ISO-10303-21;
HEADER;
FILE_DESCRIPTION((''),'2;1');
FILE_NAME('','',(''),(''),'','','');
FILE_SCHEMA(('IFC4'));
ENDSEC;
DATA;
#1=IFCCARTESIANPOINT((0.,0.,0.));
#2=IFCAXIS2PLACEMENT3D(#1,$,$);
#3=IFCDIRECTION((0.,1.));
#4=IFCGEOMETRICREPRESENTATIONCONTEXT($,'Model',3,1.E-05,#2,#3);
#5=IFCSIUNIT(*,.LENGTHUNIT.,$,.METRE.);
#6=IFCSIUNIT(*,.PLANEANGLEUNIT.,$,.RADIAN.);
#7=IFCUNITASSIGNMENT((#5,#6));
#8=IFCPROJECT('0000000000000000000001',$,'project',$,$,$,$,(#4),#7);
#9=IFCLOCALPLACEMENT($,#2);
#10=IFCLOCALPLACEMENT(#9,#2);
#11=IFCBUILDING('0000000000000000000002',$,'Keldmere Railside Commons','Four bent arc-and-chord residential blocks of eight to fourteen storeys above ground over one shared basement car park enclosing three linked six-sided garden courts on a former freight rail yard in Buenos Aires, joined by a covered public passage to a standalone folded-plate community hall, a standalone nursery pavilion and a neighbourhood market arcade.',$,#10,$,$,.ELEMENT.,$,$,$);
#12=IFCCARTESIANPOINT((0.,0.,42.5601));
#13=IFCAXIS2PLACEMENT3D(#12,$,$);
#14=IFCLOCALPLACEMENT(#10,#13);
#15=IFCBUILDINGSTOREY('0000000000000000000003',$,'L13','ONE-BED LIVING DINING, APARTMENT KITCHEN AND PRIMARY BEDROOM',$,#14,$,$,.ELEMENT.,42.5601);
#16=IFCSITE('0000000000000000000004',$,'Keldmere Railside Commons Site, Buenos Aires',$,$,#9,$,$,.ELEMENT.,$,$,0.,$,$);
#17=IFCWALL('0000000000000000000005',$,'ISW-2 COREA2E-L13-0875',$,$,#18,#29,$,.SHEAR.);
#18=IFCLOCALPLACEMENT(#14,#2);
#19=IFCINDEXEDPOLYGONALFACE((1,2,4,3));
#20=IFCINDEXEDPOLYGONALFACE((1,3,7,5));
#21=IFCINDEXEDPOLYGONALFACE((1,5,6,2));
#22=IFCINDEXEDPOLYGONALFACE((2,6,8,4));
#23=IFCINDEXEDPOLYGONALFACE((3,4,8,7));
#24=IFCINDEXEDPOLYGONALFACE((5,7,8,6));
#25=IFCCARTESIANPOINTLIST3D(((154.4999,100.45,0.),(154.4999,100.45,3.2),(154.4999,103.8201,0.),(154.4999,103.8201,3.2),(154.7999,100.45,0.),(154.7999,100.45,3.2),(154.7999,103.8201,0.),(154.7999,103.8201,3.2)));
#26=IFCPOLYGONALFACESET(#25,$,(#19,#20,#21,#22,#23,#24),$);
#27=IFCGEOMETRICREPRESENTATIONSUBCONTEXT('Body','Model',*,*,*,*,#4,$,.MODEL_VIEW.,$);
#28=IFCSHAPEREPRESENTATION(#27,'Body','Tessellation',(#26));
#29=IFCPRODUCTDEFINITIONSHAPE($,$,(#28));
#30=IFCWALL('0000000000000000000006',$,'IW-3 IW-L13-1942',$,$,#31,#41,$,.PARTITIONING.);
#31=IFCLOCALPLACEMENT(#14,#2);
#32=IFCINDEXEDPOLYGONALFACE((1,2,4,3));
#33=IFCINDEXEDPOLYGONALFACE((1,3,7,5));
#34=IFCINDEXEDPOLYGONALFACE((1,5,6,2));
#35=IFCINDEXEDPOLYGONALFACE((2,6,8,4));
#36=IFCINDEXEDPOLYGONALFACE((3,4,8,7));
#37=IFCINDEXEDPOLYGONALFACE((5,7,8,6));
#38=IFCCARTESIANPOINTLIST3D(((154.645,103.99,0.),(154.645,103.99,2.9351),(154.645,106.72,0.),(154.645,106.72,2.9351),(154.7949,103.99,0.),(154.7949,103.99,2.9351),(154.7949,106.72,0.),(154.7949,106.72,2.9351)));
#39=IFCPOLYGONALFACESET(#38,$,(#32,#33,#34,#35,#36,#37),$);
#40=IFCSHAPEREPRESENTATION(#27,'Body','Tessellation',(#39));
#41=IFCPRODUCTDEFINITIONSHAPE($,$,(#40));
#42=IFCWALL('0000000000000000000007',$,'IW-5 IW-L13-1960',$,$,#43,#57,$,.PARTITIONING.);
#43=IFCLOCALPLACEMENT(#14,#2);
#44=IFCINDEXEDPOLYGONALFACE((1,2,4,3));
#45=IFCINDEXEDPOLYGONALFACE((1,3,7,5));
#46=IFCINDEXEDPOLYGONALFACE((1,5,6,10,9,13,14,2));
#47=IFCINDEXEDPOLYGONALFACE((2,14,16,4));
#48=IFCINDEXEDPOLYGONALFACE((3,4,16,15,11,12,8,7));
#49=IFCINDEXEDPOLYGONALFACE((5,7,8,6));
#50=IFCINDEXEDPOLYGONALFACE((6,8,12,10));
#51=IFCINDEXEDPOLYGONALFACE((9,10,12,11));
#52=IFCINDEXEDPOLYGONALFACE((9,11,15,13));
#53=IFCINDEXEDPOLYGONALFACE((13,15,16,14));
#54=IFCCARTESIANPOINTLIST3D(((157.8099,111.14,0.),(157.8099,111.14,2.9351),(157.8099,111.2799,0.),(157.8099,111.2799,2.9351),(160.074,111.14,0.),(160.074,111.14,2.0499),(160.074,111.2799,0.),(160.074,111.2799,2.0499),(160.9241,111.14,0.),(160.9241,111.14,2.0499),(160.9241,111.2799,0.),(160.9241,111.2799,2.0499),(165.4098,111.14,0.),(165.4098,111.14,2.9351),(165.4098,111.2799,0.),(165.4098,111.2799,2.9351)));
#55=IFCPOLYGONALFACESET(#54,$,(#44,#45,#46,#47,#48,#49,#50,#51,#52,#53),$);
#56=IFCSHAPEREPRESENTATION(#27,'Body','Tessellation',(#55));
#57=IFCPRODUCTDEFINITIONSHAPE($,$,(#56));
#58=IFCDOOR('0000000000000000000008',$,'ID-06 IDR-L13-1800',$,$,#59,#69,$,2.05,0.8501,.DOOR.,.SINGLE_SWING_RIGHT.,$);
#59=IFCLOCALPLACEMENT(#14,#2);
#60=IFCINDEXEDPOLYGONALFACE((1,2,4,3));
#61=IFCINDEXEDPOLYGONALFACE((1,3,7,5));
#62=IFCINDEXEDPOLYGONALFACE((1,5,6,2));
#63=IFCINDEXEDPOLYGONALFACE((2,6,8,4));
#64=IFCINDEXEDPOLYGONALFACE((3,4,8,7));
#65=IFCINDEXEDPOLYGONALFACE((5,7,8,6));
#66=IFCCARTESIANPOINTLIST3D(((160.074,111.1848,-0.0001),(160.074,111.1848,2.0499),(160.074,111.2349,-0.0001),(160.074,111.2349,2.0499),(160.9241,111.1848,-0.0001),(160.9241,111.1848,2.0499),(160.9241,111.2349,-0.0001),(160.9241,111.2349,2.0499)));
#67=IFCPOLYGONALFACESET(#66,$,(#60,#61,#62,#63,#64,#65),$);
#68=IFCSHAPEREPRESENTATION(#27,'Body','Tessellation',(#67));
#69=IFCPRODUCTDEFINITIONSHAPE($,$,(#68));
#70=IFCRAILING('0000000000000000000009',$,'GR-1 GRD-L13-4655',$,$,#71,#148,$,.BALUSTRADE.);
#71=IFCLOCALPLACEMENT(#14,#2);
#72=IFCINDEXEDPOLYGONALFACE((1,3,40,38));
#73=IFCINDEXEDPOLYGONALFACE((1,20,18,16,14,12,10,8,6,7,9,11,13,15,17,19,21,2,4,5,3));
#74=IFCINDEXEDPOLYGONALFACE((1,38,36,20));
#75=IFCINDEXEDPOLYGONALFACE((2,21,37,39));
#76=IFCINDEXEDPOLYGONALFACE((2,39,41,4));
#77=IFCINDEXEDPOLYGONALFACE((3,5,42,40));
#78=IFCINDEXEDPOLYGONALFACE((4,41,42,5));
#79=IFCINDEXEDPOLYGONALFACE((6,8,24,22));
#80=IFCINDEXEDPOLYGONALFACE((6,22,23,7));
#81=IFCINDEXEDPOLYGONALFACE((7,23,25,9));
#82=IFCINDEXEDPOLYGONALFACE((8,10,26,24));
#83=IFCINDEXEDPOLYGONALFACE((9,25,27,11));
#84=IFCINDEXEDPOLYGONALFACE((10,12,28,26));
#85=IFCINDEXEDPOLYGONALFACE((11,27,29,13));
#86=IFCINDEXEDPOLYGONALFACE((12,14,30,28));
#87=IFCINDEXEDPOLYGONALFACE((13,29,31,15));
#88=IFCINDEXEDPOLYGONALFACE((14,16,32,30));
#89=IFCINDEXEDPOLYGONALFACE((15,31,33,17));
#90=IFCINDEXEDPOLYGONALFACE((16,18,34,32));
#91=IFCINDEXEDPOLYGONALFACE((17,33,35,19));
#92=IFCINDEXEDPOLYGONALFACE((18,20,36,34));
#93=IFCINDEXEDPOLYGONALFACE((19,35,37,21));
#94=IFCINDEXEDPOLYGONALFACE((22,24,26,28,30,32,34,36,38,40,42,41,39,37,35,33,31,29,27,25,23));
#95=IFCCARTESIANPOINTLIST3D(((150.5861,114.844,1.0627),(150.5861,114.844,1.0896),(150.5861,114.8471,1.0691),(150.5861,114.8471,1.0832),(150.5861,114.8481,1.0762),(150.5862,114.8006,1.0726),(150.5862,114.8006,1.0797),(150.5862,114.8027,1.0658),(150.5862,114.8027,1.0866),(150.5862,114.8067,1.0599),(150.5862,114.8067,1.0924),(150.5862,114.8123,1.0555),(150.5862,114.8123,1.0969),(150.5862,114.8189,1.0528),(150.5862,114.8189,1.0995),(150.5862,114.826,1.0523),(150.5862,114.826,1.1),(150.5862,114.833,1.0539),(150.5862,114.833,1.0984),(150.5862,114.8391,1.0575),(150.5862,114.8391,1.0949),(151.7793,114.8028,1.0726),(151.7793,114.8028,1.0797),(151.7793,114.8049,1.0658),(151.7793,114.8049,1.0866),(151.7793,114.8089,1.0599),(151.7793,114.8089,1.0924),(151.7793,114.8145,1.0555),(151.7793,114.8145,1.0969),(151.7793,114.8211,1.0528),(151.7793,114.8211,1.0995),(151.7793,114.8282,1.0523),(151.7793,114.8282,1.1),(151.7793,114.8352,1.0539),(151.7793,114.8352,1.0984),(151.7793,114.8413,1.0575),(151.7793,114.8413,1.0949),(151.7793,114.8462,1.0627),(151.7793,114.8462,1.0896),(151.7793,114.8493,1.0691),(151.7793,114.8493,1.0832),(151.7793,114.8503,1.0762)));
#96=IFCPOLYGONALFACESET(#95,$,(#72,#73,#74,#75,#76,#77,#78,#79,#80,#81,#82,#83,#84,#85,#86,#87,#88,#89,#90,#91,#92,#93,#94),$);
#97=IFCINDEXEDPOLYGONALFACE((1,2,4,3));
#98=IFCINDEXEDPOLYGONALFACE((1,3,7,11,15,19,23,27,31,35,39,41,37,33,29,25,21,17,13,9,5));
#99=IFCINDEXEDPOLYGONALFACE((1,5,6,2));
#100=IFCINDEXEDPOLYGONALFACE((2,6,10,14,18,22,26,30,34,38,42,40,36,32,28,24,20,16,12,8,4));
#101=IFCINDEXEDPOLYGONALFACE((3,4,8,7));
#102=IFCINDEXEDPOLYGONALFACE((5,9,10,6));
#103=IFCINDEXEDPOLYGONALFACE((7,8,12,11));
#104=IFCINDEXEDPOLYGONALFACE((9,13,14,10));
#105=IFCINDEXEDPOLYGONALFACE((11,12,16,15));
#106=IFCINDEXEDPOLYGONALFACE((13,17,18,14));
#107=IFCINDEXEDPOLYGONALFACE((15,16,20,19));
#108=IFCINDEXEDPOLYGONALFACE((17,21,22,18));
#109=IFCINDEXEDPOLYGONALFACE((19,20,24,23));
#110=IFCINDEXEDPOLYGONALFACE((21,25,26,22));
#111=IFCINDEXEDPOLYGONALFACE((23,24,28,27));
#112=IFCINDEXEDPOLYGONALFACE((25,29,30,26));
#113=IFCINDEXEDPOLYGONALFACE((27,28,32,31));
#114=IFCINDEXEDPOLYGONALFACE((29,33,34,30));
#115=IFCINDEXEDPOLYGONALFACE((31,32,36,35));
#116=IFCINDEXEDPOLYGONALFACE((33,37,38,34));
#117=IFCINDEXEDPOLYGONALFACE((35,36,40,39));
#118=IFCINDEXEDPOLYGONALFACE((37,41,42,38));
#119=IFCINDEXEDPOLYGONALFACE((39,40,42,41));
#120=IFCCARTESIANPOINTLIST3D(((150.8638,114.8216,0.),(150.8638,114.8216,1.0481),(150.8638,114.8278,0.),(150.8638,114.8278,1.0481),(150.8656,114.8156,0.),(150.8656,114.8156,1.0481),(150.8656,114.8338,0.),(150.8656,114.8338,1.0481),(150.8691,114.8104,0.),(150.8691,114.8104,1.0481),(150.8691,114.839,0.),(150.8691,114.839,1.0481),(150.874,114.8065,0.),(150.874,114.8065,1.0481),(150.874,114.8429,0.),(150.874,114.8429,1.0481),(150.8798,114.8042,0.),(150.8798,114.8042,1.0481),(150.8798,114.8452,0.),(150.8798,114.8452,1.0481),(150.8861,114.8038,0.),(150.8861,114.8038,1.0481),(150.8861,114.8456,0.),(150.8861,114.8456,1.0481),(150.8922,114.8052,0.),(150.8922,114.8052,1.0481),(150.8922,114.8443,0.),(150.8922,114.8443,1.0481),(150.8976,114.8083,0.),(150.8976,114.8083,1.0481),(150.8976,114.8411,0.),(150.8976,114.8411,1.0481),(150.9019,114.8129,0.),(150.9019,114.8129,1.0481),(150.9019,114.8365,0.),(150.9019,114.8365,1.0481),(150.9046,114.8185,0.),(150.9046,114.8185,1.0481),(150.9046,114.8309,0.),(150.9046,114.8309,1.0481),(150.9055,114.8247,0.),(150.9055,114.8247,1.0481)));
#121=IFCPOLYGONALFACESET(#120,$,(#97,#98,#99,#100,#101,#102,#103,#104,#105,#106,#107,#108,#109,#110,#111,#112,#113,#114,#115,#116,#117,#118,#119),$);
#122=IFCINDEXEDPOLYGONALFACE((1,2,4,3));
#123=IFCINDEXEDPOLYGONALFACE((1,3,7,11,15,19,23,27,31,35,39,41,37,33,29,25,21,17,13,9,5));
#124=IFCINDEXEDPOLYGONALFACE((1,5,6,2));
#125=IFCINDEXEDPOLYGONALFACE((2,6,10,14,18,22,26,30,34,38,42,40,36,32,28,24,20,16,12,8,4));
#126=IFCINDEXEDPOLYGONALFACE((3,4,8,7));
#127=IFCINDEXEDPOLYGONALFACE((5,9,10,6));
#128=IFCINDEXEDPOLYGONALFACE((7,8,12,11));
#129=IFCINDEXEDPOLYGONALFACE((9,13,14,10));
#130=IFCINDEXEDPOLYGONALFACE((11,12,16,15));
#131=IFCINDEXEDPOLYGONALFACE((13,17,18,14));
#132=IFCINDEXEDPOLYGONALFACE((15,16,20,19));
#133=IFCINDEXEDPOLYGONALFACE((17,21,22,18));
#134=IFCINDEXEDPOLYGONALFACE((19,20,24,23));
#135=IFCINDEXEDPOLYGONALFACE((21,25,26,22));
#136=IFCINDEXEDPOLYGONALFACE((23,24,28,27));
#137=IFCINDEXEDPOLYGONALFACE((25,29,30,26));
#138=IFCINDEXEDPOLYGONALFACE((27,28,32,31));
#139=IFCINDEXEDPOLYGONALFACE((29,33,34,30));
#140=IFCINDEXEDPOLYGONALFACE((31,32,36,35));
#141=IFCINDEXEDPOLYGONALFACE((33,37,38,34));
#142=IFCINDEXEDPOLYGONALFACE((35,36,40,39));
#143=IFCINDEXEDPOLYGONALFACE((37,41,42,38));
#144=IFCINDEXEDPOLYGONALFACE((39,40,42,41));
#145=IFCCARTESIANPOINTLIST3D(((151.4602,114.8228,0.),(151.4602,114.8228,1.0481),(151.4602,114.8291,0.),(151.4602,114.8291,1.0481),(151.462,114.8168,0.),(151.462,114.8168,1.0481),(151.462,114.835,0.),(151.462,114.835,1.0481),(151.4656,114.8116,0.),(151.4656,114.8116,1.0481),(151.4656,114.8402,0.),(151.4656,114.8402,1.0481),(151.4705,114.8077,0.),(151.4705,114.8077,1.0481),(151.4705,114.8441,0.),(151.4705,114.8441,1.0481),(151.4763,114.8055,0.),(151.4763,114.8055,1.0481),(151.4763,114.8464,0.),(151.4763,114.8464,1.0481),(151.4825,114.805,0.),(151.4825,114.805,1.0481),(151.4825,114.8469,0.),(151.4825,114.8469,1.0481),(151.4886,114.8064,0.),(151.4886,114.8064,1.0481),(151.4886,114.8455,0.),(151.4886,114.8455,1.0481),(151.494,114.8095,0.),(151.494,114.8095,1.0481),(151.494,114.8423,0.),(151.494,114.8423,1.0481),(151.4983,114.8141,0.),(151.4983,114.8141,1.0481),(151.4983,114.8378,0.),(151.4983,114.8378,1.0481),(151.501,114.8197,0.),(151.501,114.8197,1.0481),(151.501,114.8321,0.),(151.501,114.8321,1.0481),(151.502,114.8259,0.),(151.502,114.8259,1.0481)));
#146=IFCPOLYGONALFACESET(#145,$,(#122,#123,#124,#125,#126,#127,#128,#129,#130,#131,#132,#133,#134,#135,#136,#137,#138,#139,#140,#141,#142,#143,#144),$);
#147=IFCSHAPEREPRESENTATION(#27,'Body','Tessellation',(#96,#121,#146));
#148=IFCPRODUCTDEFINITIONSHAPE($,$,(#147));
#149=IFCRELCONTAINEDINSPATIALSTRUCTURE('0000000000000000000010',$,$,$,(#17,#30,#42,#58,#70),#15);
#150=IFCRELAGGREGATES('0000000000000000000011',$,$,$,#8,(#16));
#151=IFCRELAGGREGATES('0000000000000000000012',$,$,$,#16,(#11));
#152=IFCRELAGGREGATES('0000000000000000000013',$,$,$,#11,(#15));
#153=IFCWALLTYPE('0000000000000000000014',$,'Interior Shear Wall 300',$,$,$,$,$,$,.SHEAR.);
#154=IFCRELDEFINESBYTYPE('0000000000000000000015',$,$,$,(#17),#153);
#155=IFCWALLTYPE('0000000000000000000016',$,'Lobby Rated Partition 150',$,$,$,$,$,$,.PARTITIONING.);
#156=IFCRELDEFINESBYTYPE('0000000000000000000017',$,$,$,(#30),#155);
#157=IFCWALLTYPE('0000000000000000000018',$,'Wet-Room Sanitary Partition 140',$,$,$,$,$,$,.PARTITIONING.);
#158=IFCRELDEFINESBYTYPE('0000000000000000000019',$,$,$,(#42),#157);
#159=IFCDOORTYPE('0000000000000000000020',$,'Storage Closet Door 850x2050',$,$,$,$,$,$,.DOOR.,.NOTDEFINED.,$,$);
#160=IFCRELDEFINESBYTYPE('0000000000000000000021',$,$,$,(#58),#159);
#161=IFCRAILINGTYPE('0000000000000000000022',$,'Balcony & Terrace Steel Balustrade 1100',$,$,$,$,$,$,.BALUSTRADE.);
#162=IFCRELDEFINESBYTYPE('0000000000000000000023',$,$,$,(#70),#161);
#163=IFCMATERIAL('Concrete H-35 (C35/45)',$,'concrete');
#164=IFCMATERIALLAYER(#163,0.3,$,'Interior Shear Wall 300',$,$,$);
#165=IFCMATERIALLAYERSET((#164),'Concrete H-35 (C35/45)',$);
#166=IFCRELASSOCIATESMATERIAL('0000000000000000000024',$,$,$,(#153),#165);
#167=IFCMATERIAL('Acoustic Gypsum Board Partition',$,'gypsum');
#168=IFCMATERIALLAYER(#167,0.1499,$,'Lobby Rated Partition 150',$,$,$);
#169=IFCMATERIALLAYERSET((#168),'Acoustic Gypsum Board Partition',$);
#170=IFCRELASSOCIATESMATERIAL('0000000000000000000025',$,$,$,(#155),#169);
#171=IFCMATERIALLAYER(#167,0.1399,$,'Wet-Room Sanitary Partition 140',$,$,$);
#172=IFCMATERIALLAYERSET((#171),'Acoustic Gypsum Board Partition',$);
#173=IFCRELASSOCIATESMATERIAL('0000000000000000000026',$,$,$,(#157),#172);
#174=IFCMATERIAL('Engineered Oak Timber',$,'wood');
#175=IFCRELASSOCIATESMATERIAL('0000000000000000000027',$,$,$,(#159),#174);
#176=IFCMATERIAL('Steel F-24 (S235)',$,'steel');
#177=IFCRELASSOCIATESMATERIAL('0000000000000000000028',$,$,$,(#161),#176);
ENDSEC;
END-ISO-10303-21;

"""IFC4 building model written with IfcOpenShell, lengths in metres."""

from ifc_helpers import new_model, si_unit, direction, frame, frame_2d, origin, origin_2d, place, context, subcontext, project, spatial, rectangle, circle, extrude, material, layer, layer_set, type_object, element, fill, save


model = new_model("IFC4")

# Units and contexts
model_context = context("Model", 3, precision=1e-05, world=origin(), true_north=direction((0.0, 1.0)))
body_context = subcontext(model_context, "Body", "Model", "MODEL_VIEW")
ifc_project = project(units=[si_unit("LENGTHUNIT", "METRE"), si_unit("PLANEANGLEUNIT", "RADIAN")], contexts=[model_context])

# Site, building, storey
site_placement = place(None, origin())
site = spatial("IfcSite", under=ifc_project, at=site_placement, Name="Keldmere Railside Commons Site, Buenos Aires", CompositionType="ELEMENT", RefElevation=0.0)
building_placement = place(site_placement, origin())
building = spatial("IfcBuilding", under=site, at=building_placement, Name="Keldmere Railside Commons", Description="Four bent arc-and-chord residential blocks of eight to fourteen storeys above ground over one shared basement car park enclosing three linked six-sided garden courts on a former freight rail yard in Buenos Aires, joined by a covered public passage to a standalone folded-plate community hall, a standalone nursery pavilion and a neighbourhood market arcade.", CompositionType="ELEMENT")
storey_placement = place(building_placement, frame((0.0, 0.0, 42.5601)))
storey = spatial("IfcBuildingStorey", under=building, at=storey_placement, Name="L13", Description="ONE-BED LIVING DINING, APARTMENT KITCHEN AND PRIMARY BEDROOM", CompositionType="ELEMENT", Elevation=42.5601)

# Shared definitions
ifc_material_1 = material(Name="Concrete H-35 (C35/45)", Category="concrete")

# Shared definitions
ifc_material_2 = material(Name="Acoustic Gypsum Board Partition", Category="gypsum")
ifc_material_3 = material(Name="Engineered Oak Timber", Category="wood")

# Wall
ifc_layer_1 = layer(ifc_material_1, 0.3, Name="Interior Shear Wall 300")
ifc_layer_set_1 = layer_set([ifc_layer_1], Name="Concrete H-35 (C35/45)")
wall_type_1 = type_object("IfcWallType", Name="Interior Shear Wall 300", PredefinedType="SHEAR", material=ifc_layer_set_1)
wall_1_placement = place(storey_placement, frame((154.6499, 100.45, 0.0), z_axis=(0.0, 0.0, 1.0), x_axis=(0.0, 1.0, 0.0)))
element("IfcWall", 1, at=wall_1_placement, inside=storey, type_object=wall_type_1, Name="ISW-2 COREA2E-L13-0875", PredefinedType="SHEAR", context=body_context, shape_type="SweptSolid", body=[
    extrude(rectangle(XDim=3.3701, YDim=0.3, at=frame_2d((1.6851, 0.0))), origin(), (0.0, 0.0, 1.0), 3.2),
])

# Shared definitions
ifc_material_4 = material(Name="Steel F-24 (S235)", Category="steel")

# Wall
ifc_layer_2 = layer(ifc_material_2, 0.1499, Name="Lobby Rated Partition 150")
ifc_layer_set_2 = layer_set([ifc_layer_2], Name="Acoustic Gypsum Board Partition")
wall_type_2 = type_object("IfcWallType", Name="Lobby Rated Partition 150", PredefinedType="PARTITIONING", material=ifc_layer_set_2)
wall_2_placement = place(storey_placement, frame((154.72, 103.99, 0.0), z_axis=(0.0, 0.0, 1.0), x_axis=(0.0, 1.0, 0.0)))
element("IfcWall", 2, at=wall_2_placement, inside=storey, type_object=wall_type_2, Name="IW-3 IW-L13-1942", PredefinedType="PARTITIONING", context=body_context, shape_type="SweptSolid", body=[
    extrude(rectangle(XDim=2.73, YDim=0.1499, at=frame_2d((1.365, 0.0))), origin(), (0.0, 0.0, 1.0), 2.9351),
])

# Wall, opening, door
ifc_layer_3 = layer(ifc_material_2, 0.1399, Name="Wet-Room Sanitary Partition 140")
ifc_layer_set_3 = layer_set([ifc_layer_3], Name="Acoustic Gypsum Board Partition")
wall_type_3 = type_object("IfcWallType", Name="Wet-Room Sanitary Partition 140", PredefinedType="PARTITIONING", material=ifc_layer_set_3)
wall_3_placement = place(storey_placement, frame((157.8101, 111.21, 0.0), z_axis=(0.0, 0.0, 1.0), x_axis=(1.0, 0.0, 0.0)))
wall_3 = element("IfcWall", 3, at=wall_3_placement, inside=storey, type_object=wall_type_3, Name="IW-5 IW-L13-1960", PredefinedType="PARTITIONING", context=body_context, shape_type="SweptSolid", body=[
    extrude(rectangle(XDim=7.5999, YDim=0.1399, at=frame_2d((3.7998, 0.0))), origin(), (0.0, 0.0, 1.0), 2.9351),
])
opening_1_placement = place(wall_3_placement, frame((2.2639, 0.0, 0.0)))
opening_1 = element("IfcOpeningElement", 4, at=opening_1_placement, cuts=wall_3, PredefinedType="OPENING", context=body_context, shape_type="SweptSolid", body=[
    extrude(rectangle(XDim=0.8501, YDim=2.05, at=frame_2d((0.425, 1.0249))), frame((0.0, 0.0798, 0.0), z_axis=(0.0, -1.0, 0.0), x_axis=(1.0, 0.0, 0.0)), (0.0, 0.0, 1.0), 0.1599),
])
door_type_1 = type_object("IfcDoorType", Name="Storage Closet Door 850x2050", OperationType="NOTDEFINED", PredefinedType="DOOR", material=ifc_material_3)
door_1_placement = place(opening_1_placement, origin())
door_1 = element("IfcDoor", 5, at=door_1_placement, inside=storey, type_object=door_type_1, Name="ID-06 IDR-L13-1800", OperationType="SINGLE_SWING_RIGHT", OverallHeight=2.05, OverallWidth=0.8501, PredefinedType="DOOR", context=body_context, shape_type="SweptSolid", body=[
    extrude(rectangle(XDim=0.8501, YDim=2.05, at=frame_2d((0.425, 1.0249))), frame((0.0, 0.0249, 0.0), z_axis=(0.0, -1.0, 0.0), x_axis=(1.0, 0.0, 0.0)), (0.0, 0.0, 1.0), 0.05),
])
fill(opening_1, door_1)

# Railing
railing_type_1 = type_object("IfcRailingType", Name="Balcony & Terrace Steel Balustrade 1100", PredefinedType="BALUSTRADE", material=ifc_material_4)
railing_1_placement = place(storey_placement, frame((150.5862, 114.8242, 0.0)))
element("IfcRailing", 6, at=railing_1_placement, inside=storey, type_object=railing_type_1, Name="GR-1 GRD-L13-4655", PredefinedType="BALUSTRADE", context=body_context, shape_type="SweptSolid", body=[
    extrude(circle(Radius=0.0239, at=origin_2d()), frame((0.0, 0.0, 1.0762), z_axis=(0.999998, 0.001842, 0.0), x_axis=(-0.001842, 0.999998, 0.0)), (0.0, 0.0, 1.0), 1.1931),
    extrude(circle(Radius=0.021, at=origin_2d()), frame((0.2983, 0.0005, 0.0)), (0.0, 0.0, 1.0), 1.0481),
    extrude(circle(Radius=0.021, at=origin_2d()), frame((0.8948, 0.0017, 0.0)), (0.0, 0.0, 1.0), 1.0481),
])

save(model, "model.ifc")
